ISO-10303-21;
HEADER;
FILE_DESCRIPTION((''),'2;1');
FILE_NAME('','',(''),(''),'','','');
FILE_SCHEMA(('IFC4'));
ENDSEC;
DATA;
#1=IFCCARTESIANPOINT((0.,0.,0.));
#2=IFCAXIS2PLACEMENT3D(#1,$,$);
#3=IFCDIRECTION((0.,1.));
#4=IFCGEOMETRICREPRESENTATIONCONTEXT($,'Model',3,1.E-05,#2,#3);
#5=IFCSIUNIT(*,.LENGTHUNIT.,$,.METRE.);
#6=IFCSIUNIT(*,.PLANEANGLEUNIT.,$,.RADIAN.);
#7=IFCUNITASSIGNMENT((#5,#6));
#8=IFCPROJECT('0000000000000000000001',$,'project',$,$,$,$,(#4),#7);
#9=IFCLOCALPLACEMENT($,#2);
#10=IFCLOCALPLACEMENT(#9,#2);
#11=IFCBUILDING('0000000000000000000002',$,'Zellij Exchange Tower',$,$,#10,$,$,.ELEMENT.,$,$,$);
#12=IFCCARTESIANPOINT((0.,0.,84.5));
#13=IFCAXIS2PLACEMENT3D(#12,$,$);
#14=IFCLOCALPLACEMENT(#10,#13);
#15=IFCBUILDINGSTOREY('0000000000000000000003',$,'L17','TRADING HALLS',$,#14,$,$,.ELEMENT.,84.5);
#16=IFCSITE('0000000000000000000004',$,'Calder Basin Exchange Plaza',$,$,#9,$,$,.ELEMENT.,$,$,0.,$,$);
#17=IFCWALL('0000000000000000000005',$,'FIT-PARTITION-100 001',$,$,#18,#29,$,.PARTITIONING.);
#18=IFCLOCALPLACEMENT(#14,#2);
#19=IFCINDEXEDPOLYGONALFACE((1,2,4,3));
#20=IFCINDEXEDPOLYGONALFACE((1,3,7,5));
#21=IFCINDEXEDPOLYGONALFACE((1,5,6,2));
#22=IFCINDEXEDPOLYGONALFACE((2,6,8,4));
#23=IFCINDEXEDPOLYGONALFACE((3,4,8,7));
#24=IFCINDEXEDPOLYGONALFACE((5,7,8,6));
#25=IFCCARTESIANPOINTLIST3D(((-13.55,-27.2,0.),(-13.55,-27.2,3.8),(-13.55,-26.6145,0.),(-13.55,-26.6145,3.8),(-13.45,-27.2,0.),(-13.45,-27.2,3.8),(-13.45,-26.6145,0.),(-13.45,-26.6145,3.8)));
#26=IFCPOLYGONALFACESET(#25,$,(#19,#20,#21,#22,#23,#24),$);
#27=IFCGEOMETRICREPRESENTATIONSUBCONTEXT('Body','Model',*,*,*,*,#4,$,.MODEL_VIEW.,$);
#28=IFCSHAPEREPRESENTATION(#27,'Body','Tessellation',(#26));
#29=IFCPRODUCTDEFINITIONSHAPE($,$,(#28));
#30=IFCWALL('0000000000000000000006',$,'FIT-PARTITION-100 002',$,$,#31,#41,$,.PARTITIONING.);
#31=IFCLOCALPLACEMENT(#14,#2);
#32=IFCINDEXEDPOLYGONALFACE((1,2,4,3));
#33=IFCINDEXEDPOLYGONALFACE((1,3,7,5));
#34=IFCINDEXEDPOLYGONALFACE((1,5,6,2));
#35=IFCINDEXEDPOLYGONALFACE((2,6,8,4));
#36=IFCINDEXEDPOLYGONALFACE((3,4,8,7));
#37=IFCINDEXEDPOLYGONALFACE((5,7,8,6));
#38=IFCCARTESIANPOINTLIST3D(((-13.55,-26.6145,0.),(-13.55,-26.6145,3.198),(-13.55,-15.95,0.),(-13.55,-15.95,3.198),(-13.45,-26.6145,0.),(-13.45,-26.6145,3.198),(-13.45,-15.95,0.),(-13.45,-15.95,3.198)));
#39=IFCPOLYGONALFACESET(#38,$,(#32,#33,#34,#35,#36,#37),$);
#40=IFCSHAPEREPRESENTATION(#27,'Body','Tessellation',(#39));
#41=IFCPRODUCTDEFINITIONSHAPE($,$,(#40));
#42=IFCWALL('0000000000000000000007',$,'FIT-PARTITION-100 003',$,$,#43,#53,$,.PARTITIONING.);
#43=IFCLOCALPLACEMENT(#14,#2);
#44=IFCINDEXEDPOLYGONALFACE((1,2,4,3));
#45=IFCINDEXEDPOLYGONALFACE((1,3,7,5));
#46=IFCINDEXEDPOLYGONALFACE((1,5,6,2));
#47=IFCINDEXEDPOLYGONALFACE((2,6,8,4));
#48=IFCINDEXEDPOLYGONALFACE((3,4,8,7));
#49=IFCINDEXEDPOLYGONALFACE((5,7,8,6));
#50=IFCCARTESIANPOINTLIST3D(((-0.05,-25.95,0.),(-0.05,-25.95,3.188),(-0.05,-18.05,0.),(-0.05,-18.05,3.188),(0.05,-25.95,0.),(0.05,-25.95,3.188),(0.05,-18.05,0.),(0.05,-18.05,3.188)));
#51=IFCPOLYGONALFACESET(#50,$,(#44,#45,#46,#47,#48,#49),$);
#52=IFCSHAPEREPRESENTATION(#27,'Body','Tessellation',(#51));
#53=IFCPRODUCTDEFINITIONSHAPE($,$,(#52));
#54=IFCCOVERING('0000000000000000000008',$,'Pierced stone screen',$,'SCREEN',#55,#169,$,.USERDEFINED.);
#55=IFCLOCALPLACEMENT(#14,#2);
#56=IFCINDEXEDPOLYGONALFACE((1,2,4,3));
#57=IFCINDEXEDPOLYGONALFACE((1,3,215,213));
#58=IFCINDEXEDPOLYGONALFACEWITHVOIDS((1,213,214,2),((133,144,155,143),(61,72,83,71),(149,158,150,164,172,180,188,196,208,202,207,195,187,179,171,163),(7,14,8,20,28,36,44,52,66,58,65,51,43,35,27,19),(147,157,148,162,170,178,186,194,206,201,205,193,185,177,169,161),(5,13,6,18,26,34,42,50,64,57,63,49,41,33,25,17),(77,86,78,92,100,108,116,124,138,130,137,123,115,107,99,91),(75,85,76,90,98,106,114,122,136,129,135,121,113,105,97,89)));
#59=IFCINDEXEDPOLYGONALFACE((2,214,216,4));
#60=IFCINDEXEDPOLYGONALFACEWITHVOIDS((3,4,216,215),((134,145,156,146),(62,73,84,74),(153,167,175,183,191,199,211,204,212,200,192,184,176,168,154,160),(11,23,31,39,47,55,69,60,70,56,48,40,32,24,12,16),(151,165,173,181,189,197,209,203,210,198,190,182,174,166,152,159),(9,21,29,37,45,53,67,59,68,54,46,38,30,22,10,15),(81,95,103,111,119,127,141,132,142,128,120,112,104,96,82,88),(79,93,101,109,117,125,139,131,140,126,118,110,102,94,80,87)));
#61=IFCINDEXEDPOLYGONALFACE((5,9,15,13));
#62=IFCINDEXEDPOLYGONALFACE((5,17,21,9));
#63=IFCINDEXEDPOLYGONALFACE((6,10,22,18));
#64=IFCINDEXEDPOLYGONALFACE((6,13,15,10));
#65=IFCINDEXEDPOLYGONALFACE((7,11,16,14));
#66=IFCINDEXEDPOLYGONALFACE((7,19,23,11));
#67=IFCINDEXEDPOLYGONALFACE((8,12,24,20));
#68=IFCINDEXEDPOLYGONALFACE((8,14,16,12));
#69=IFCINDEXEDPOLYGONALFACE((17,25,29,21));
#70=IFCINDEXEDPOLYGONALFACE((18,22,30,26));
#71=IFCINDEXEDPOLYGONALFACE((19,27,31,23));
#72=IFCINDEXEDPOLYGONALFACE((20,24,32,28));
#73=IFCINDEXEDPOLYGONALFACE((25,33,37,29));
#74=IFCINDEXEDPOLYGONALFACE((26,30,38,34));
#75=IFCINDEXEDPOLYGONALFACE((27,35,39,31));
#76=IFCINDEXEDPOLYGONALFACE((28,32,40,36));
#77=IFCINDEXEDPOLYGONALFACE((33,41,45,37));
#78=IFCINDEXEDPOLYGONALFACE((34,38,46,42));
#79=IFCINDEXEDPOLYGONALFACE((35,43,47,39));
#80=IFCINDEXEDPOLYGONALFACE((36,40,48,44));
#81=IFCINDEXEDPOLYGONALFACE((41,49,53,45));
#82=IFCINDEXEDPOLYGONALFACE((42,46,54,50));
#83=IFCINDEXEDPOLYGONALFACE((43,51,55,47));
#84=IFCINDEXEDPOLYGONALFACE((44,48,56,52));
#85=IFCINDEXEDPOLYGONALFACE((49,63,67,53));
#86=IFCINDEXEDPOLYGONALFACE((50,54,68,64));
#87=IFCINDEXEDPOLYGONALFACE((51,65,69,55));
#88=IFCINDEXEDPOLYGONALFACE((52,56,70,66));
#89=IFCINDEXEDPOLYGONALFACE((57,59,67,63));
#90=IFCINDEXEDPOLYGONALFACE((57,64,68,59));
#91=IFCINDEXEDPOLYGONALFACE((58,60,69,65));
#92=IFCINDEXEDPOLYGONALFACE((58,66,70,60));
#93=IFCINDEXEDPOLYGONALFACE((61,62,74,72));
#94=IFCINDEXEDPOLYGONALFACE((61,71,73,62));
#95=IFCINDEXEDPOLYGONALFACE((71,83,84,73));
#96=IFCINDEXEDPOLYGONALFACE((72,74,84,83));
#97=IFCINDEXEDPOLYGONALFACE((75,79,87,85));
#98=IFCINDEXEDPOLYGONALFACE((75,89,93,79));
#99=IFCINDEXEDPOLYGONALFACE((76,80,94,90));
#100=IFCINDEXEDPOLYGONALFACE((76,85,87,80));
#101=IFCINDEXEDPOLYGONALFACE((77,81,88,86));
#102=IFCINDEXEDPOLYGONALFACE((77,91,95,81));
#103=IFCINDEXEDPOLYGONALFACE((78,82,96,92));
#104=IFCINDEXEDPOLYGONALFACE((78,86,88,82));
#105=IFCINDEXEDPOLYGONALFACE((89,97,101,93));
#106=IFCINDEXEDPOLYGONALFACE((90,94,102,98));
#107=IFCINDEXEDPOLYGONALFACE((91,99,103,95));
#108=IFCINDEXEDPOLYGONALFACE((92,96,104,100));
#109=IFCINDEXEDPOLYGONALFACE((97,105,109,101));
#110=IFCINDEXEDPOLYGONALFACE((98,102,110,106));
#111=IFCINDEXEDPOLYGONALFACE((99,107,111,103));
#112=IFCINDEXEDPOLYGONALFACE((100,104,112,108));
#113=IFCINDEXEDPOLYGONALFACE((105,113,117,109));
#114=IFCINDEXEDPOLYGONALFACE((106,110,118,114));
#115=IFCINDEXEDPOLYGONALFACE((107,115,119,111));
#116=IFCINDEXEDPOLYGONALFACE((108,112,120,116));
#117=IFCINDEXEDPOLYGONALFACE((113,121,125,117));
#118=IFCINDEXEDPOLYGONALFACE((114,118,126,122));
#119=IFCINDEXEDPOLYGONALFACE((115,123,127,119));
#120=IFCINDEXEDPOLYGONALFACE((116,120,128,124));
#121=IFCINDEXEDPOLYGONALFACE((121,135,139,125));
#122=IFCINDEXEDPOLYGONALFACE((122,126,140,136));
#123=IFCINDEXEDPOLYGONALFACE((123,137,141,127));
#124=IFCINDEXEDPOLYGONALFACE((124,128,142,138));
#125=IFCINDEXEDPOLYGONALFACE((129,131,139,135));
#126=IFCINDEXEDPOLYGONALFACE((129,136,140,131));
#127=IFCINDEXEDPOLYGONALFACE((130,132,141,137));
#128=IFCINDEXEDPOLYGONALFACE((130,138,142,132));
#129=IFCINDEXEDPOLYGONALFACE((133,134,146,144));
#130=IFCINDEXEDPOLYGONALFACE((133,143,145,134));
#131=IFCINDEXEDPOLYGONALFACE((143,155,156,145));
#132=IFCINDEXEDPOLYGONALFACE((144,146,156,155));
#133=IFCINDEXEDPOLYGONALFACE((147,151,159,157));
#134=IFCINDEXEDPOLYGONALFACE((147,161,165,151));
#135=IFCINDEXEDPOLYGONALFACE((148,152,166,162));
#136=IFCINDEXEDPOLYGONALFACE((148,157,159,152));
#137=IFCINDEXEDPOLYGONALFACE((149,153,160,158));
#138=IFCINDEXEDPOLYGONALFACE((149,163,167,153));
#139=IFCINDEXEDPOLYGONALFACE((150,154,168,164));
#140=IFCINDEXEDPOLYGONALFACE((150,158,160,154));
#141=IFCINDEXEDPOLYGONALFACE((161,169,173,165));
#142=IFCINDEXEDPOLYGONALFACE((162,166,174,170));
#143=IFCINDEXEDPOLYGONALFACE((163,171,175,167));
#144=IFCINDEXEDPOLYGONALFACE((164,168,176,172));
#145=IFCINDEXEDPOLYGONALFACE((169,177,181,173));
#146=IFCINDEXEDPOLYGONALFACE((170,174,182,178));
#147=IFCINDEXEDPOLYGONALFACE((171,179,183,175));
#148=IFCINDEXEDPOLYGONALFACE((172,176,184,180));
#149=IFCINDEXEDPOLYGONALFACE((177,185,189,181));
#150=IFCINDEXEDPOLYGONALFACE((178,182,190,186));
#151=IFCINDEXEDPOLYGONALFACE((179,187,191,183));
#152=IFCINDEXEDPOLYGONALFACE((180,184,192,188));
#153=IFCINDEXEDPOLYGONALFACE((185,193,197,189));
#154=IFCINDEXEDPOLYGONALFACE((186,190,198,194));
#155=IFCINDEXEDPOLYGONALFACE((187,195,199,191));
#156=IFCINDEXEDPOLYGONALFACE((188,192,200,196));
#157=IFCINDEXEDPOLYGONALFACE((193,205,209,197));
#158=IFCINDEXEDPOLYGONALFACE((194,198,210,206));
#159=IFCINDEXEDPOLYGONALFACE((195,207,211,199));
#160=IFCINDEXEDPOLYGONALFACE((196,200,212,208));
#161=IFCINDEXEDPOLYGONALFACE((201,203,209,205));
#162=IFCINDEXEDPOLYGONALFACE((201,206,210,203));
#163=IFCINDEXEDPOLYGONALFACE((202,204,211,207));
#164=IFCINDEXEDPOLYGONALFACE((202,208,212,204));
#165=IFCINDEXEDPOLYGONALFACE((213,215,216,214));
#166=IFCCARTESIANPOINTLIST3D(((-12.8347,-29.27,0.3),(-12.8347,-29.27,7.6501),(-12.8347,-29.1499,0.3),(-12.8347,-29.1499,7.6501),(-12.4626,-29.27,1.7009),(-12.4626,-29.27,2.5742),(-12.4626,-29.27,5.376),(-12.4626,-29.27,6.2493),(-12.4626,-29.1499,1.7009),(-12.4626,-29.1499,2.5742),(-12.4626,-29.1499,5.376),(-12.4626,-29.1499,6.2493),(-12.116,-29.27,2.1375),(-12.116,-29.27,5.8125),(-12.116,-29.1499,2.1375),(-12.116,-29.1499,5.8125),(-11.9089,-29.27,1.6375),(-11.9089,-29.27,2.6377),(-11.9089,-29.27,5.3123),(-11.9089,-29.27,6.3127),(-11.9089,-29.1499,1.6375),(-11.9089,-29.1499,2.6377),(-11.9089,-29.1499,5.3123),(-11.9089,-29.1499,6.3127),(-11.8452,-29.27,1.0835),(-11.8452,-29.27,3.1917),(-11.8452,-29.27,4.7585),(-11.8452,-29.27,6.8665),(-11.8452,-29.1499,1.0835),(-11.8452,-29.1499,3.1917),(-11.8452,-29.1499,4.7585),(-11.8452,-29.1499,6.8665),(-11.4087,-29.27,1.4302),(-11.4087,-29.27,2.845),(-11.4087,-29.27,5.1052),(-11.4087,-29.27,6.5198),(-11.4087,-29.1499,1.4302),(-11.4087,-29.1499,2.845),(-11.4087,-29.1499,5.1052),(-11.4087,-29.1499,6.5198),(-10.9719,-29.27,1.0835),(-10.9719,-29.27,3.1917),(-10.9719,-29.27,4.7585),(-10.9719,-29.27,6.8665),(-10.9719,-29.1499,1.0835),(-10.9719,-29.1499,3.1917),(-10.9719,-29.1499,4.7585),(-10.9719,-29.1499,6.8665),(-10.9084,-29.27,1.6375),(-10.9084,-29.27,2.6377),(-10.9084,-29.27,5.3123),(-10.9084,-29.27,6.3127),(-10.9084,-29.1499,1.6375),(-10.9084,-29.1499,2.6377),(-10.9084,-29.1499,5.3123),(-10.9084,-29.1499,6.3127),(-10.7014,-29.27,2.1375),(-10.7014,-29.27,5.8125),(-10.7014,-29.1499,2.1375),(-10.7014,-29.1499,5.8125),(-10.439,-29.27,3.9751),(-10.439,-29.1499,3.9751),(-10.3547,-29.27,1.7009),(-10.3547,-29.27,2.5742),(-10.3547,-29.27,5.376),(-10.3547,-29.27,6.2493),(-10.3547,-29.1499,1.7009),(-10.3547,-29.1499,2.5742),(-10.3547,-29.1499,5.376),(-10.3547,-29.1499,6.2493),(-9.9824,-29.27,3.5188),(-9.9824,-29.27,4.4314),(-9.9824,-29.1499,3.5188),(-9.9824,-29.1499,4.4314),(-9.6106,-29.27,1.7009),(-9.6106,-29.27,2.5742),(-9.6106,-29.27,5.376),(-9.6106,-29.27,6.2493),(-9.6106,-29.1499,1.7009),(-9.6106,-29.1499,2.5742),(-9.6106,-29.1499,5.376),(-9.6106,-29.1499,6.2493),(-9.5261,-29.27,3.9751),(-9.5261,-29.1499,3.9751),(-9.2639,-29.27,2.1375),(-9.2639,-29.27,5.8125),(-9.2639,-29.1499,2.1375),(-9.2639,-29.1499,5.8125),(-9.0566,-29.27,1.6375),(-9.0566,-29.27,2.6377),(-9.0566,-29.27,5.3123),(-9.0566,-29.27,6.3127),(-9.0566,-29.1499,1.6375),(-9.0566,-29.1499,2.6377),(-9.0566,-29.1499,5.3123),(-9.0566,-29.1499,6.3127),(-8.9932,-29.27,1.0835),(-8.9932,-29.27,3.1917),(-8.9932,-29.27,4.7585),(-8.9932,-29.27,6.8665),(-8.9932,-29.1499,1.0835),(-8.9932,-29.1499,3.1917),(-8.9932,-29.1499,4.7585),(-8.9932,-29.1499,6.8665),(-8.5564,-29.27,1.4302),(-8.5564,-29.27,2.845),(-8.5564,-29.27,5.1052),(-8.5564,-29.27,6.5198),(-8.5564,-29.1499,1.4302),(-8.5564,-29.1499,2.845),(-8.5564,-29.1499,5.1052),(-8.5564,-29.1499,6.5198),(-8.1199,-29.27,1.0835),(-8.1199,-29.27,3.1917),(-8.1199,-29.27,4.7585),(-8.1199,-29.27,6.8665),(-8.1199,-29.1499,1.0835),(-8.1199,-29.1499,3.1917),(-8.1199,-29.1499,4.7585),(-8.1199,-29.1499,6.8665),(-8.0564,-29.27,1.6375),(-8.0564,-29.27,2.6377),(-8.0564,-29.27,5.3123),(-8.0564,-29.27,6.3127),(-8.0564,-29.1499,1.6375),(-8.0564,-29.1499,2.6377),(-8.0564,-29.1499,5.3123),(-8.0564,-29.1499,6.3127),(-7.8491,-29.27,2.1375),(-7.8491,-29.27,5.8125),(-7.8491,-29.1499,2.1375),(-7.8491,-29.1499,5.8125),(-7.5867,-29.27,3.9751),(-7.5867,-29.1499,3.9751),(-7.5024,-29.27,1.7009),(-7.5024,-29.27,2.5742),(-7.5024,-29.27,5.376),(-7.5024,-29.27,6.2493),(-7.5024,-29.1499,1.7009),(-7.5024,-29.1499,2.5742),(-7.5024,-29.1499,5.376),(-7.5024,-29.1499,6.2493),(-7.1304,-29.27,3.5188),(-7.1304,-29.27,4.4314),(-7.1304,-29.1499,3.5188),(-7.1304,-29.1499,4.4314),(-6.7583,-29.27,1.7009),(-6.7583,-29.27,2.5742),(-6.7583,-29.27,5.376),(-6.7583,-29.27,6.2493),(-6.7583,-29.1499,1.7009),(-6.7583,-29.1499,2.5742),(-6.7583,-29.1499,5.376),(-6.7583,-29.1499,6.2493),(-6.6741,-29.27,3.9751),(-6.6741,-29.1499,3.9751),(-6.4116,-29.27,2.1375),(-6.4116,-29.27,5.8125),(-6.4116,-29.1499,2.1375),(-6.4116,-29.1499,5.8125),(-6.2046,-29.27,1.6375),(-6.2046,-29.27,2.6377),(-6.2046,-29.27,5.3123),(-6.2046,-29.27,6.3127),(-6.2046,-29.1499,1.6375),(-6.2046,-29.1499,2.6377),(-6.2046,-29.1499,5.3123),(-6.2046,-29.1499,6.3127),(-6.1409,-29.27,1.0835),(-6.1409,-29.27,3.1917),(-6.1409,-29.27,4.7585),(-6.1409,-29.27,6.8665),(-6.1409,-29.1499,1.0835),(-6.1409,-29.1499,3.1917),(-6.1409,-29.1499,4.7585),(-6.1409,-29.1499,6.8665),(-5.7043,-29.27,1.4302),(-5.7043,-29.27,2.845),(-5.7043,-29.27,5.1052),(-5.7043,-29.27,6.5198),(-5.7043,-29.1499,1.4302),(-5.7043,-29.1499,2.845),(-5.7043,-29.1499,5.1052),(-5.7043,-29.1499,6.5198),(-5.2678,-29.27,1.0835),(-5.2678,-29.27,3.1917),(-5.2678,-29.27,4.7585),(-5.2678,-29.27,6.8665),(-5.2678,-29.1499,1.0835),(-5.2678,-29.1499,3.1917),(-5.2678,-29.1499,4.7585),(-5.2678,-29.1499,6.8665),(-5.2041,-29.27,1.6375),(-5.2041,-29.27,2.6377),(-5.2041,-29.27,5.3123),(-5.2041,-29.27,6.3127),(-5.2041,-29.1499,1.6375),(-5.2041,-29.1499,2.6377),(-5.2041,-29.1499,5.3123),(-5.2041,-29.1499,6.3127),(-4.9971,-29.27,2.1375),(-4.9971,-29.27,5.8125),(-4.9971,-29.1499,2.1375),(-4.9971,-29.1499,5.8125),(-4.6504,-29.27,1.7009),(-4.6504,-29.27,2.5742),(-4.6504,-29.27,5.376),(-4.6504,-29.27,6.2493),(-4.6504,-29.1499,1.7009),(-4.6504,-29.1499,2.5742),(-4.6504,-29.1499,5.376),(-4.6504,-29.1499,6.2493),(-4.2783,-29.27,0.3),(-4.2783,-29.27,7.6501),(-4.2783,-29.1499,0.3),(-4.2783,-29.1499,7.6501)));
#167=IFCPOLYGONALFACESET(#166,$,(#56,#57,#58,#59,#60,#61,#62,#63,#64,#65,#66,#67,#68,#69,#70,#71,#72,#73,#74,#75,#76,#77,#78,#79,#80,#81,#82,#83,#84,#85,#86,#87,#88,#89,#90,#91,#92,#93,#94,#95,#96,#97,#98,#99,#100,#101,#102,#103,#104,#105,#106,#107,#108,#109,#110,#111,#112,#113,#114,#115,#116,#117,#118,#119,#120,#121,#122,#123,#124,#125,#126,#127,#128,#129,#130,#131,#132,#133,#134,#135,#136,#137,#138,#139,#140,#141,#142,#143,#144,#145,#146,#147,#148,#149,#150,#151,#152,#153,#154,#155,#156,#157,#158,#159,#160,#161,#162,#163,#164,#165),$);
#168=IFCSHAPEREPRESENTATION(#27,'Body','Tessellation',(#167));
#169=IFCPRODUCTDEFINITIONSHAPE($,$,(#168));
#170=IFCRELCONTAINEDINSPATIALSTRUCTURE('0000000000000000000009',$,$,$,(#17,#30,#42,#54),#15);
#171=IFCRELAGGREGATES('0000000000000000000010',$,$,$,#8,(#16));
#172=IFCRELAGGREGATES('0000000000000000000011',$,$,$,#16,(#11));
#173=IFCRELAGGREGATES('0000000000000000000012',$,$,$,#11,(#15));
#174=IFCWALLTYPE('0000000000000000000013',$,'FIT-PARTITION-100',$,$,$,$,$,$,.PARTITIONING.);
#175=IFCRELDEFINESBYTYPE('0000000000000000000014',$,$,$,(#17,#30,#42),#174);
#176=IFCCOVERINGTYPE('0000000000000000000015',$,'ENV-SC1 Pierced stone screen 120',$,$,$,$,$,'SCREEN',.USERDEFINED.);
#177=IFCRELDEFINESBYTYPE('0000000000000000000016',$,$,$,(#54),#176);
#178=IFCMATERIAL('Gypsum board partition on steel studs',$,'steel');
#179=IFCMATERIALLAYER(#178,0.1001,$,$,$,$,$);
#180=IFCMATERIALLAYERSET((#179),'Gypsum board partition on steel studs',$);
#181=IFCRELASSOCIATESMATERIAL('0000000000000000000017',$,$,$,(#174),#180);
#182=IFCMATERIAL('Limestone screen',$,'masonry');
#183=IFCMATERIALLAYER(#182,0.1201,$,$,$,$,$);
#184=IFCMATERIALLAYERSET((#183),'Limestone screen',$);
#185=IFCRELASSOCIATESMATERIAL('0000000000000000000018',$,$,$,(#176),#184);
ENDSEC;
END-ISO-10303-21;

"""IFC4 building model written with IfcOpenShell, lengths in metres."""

from ifc_helpers import new_model, si_unit, direction, frame, frame_2d, origin, place, context, subcontext, project, spatial, polyline, rectangle, outline, extrude, material, layer, layer_set, type_object, element, save


model = new_model("IFC4")

# Units and contexts
model_context = context("Model", 3, precision=1e-05, world=origin(), true_north=direction((0.0, 1.0)))
body_context = subcontext(model_context, "Body", "Model", "MODEL_VIEW")
ifc_project = project(units=[si_unit("LENGTHUNIT", "METRE"), si_unit("PLANEANGLEUNIT", "RADIAN")], contexts=[model_context])

# Site, building, storey
site_placement = place(None, origin())
site = spatial("IfcSite", under=ifc_project, at=site_placement, Name="Calder Basin Exchange Plaza", CompositionType="ELEMENT", RefElevation=0.0)
building_placement = place(site_placement, origin())
building = spatial("IfcBuilding", under=site, at=building_placement, Name="Zellij Exchange Tower", CompositionType="ELEMENT")
storey_placement = place(building_placement, frame((0.0, 0.0, 84.5)))
storey = spatial("IfcBuildingStorey", under=building, at=storey_placement, Name="L17", Description="TRADING HALLS", CompositionType="ELEMENT", Elevation=84.5)

# Walls
ifc_material_1 = material(Name="Gypsum board partition on steel studs", Category="steel")
ifc_layer_1 = layer(ifc_material_1, 0.1001)
ifc_layer_set_1 = layer_set([ifc_layer_1], Name="Gypsum board partition on steel studs")
wall_type = type_object("IfcWallType", Name="FIT-PARTITION-100", PredefinedType="PARTITIONING", material=ifc_layer_set_1)
wall_1_placement = place(storey_placement, frame((-13.5, -27.2, 0.0), z_axis=(0.0, 0.0, 1.0), x_axis=(0.0, 1.0, 0.0)))
element("IfcWall", 1, at=wall_1_placement, inside=storey, type_object=wall_type, Name="FIT-PARTITION-100 001", PredefinedType="PARTITIONING", context=body_context, shape_type="SweptSolid", body=[
    extrude(rectangle(XDim=0.5854, YDim=0.1001, at=frame_2d((0.2927, 0.0))), origin(), (0.0, 0.0, 1.0), 3.8),
])
wall_2_placement = place(storey_placement, frame((-13.5, -26.6145, 0.0), z_axis=(0.0, 0.0, 1.0), x_axis=(0.0, 1.0, 0.0)))
element("IfcWall", 2, at=wall_2_placement, inside=storey, type_object=wall_type, Name="FIT-PARTITION-100 002", PredefinedType="PARTITIONING", context=body_context, shape_type="SweptSolid", body=[
    extrude(rectangle(XDim=10.6646, YDim=0.1001, at=frame_2d((5.3323, 0.0))), origin(), (0.0, 0.0, 1.0), 3.198),
])
wall_3_placement = place(storey_placement, frame((0.0, -25.95, 0.0), z_axis=(0.0, 0.0, 1.0), x_axis=(0.0, 1.0, 0.0)))
element("IfcWall", 3, at=wall_3_placement, inside=storey, type_object=wall_type, Name="FIT-PARTITION-100 003", PredefinedType="PARTITIONING", context=body_context, shape_type="SweptSolid", body=[
    extrude(rectangle(XDim=7.8999, YDim=0.1001, at=frame_2d((3.95, 0.0))), origin(), (0.0, 0.0, 1.0), 3.188),
])

# Covering
ifc_material_2 = material(Name="Limestone screen", Category="masonry")
ifc_layer_2 = layer(ifc_material_2, 0.1201)
ifc_layer_set_2 = layer_set([ifc_layer_2], Name="Limestone screen")
covering_type = type_object("IfcCoveringType", Name="ENV-SC1 Pierced stone screen 120", ElementType="SCREEN", PredefinedType="USERDEFINED", material=ifc_layer_set_2)
covering_1_placement = place(storey_placement, frame((-12.8347, -29.21, 0.3), z_axis=(0.0, 0.0, 1.0), x_axis=(1.0, 0.0, 0.0)))
element("IfcCovering", 4, at=covering_1_placement, inside=storey, type_object=covering_type, Name="Pierced stone screen", ObjectType="SCREEN", PredefinedType="USERDEFINED", context=body_context, shape_type="SweptSolid", body=[
    extrude(outline(polyline([(0.0, 0.0), (8.5564, 0.0), (8.5564, 7.3501), (0.0, 7.3501), (0.0, 0.0)]), holes=[polyline([(2.48, 2.2742), (1.9263, 2.3376), (1.8628, 2.8916), (1.426, 2.5449), (0.9895, 2.8916), (0.9258, 2.3376), (0.3721, 2.2742), (0.7188, 1.8374), (0.3721, 1.4009), (0.9258, 1.3374), (0.9895, 0.7834), (1.426, 1.1301), (1.8628, 0.7834), (1.9263, 1.3374), (2.48, 1.4009), (2.1333, 1.8374), (2.48, 2.2742)]), polyline([(2.48, 5.9492), (1.9263, 6.0127), (1.8628, 6.5664), (1.426, 6.2197), (0.9895, 6.5664), (0.9258, 6.0127), (0.3721, 5.9492), (0.7188, 5.5125), (0.3721, 5.0759), (0.9258, 5.0122), (0.9895, 4.4585), (1.426, 4.8052), (1.8628, 4.4585), (1.9263, 5.0122), (2.48, 5.0759), (2.1333, 5.5125), (2.48, 5.9492)]), polyline([(5.3323, 2.2742), (4.7783, 2.3376), (4.7148, 2.8916), (4.2783, 2.5449), (3.8416, 2.8916), (3.7781, 2.3376), (3.2241, 2.2742), (3.5708, 1.8374), (3.2241, 1.4009), (3.7781, 1.3374), (3.8416, 0.7834), (4.2783, 1.1301), (4.7148, 0.7834), (4.7783, 1.3374), (5.3323, 1.4009), (4.9856, 1.8374), (5.3323, 2.2742)]), polyline([(5.3323, 5.9492), (4.7783, 6.0127), (4.7148, 6.5664), (4.2783, 6.2197), (3.8416, 6.5664), (3.7781, 6.0127), (3.2241, 5.9492), (3.5708, 5.5125), (3.2241, 5.0759), (3.7781, 5.0122), (3.8416, 4.4585), (4.2783, 4.8052), (4.7148, 4.4585), (4.7783, 5.0122), (5.3323, 5.0759), (4.9856, 5.5125), (5.3323, 5.9492)]), polyline([(8.1843, 2.2742), (7.6306, 2.3376), (7.5669, 2.8916), (7.1304, 2.5449), (6.6938, 2.8916), (6.6301, 2.3376), (6.0764, 2.2742), (6.4231, 1.8374), (6.0764, 1.4009), (6.6301, 1.3374), (6.6938, 0.7834), (7.1304, 1.1301), (7.5669, 0.7834), (7.6306, 1.3374), (8.1843, 1.4009), (7.8376, 1.8374), (8.1843, 2.2742)]), polyline([(8.1843, 5.9492), (7.6306, 6.0127), (7.5669, 6.5664), (7.1304, 6.2197), (6.6938, 6.5664), (6.6301, 6.0127), (6.0764, 5.9492), (6.4231, 5.5125), (6.0764, 5.0759), (6.6301, 5.0122), (6.6938, 4.4585), (7.1304, 4.8052), (7.5669, 4.4585), (7.6306, 5.0122), (8.1843, 5.0759), (7.8376, 5.5125), (8.1843, 5.9492)]), polyline([(3.3086, 3.675), (2.8523, 4.1313), (2.3958, 3.675), (2.8523, 3.2188), (3.3086, 3.675)]), polyline([(6.1606, 3.675), (5.7043, 4.1313), (5.248, 3.675), (5.7043, 3.2188), (6.1606, 3.675)])]), frame((0.0, 0.0601, 0.0), z_axis=(0.0, -1.0, 0.0), x_axis=(1.0, 0.0, 0.0)), (0.0, 0.0, 1.0), 0.1201),
])

save(model, "model.ifc")
